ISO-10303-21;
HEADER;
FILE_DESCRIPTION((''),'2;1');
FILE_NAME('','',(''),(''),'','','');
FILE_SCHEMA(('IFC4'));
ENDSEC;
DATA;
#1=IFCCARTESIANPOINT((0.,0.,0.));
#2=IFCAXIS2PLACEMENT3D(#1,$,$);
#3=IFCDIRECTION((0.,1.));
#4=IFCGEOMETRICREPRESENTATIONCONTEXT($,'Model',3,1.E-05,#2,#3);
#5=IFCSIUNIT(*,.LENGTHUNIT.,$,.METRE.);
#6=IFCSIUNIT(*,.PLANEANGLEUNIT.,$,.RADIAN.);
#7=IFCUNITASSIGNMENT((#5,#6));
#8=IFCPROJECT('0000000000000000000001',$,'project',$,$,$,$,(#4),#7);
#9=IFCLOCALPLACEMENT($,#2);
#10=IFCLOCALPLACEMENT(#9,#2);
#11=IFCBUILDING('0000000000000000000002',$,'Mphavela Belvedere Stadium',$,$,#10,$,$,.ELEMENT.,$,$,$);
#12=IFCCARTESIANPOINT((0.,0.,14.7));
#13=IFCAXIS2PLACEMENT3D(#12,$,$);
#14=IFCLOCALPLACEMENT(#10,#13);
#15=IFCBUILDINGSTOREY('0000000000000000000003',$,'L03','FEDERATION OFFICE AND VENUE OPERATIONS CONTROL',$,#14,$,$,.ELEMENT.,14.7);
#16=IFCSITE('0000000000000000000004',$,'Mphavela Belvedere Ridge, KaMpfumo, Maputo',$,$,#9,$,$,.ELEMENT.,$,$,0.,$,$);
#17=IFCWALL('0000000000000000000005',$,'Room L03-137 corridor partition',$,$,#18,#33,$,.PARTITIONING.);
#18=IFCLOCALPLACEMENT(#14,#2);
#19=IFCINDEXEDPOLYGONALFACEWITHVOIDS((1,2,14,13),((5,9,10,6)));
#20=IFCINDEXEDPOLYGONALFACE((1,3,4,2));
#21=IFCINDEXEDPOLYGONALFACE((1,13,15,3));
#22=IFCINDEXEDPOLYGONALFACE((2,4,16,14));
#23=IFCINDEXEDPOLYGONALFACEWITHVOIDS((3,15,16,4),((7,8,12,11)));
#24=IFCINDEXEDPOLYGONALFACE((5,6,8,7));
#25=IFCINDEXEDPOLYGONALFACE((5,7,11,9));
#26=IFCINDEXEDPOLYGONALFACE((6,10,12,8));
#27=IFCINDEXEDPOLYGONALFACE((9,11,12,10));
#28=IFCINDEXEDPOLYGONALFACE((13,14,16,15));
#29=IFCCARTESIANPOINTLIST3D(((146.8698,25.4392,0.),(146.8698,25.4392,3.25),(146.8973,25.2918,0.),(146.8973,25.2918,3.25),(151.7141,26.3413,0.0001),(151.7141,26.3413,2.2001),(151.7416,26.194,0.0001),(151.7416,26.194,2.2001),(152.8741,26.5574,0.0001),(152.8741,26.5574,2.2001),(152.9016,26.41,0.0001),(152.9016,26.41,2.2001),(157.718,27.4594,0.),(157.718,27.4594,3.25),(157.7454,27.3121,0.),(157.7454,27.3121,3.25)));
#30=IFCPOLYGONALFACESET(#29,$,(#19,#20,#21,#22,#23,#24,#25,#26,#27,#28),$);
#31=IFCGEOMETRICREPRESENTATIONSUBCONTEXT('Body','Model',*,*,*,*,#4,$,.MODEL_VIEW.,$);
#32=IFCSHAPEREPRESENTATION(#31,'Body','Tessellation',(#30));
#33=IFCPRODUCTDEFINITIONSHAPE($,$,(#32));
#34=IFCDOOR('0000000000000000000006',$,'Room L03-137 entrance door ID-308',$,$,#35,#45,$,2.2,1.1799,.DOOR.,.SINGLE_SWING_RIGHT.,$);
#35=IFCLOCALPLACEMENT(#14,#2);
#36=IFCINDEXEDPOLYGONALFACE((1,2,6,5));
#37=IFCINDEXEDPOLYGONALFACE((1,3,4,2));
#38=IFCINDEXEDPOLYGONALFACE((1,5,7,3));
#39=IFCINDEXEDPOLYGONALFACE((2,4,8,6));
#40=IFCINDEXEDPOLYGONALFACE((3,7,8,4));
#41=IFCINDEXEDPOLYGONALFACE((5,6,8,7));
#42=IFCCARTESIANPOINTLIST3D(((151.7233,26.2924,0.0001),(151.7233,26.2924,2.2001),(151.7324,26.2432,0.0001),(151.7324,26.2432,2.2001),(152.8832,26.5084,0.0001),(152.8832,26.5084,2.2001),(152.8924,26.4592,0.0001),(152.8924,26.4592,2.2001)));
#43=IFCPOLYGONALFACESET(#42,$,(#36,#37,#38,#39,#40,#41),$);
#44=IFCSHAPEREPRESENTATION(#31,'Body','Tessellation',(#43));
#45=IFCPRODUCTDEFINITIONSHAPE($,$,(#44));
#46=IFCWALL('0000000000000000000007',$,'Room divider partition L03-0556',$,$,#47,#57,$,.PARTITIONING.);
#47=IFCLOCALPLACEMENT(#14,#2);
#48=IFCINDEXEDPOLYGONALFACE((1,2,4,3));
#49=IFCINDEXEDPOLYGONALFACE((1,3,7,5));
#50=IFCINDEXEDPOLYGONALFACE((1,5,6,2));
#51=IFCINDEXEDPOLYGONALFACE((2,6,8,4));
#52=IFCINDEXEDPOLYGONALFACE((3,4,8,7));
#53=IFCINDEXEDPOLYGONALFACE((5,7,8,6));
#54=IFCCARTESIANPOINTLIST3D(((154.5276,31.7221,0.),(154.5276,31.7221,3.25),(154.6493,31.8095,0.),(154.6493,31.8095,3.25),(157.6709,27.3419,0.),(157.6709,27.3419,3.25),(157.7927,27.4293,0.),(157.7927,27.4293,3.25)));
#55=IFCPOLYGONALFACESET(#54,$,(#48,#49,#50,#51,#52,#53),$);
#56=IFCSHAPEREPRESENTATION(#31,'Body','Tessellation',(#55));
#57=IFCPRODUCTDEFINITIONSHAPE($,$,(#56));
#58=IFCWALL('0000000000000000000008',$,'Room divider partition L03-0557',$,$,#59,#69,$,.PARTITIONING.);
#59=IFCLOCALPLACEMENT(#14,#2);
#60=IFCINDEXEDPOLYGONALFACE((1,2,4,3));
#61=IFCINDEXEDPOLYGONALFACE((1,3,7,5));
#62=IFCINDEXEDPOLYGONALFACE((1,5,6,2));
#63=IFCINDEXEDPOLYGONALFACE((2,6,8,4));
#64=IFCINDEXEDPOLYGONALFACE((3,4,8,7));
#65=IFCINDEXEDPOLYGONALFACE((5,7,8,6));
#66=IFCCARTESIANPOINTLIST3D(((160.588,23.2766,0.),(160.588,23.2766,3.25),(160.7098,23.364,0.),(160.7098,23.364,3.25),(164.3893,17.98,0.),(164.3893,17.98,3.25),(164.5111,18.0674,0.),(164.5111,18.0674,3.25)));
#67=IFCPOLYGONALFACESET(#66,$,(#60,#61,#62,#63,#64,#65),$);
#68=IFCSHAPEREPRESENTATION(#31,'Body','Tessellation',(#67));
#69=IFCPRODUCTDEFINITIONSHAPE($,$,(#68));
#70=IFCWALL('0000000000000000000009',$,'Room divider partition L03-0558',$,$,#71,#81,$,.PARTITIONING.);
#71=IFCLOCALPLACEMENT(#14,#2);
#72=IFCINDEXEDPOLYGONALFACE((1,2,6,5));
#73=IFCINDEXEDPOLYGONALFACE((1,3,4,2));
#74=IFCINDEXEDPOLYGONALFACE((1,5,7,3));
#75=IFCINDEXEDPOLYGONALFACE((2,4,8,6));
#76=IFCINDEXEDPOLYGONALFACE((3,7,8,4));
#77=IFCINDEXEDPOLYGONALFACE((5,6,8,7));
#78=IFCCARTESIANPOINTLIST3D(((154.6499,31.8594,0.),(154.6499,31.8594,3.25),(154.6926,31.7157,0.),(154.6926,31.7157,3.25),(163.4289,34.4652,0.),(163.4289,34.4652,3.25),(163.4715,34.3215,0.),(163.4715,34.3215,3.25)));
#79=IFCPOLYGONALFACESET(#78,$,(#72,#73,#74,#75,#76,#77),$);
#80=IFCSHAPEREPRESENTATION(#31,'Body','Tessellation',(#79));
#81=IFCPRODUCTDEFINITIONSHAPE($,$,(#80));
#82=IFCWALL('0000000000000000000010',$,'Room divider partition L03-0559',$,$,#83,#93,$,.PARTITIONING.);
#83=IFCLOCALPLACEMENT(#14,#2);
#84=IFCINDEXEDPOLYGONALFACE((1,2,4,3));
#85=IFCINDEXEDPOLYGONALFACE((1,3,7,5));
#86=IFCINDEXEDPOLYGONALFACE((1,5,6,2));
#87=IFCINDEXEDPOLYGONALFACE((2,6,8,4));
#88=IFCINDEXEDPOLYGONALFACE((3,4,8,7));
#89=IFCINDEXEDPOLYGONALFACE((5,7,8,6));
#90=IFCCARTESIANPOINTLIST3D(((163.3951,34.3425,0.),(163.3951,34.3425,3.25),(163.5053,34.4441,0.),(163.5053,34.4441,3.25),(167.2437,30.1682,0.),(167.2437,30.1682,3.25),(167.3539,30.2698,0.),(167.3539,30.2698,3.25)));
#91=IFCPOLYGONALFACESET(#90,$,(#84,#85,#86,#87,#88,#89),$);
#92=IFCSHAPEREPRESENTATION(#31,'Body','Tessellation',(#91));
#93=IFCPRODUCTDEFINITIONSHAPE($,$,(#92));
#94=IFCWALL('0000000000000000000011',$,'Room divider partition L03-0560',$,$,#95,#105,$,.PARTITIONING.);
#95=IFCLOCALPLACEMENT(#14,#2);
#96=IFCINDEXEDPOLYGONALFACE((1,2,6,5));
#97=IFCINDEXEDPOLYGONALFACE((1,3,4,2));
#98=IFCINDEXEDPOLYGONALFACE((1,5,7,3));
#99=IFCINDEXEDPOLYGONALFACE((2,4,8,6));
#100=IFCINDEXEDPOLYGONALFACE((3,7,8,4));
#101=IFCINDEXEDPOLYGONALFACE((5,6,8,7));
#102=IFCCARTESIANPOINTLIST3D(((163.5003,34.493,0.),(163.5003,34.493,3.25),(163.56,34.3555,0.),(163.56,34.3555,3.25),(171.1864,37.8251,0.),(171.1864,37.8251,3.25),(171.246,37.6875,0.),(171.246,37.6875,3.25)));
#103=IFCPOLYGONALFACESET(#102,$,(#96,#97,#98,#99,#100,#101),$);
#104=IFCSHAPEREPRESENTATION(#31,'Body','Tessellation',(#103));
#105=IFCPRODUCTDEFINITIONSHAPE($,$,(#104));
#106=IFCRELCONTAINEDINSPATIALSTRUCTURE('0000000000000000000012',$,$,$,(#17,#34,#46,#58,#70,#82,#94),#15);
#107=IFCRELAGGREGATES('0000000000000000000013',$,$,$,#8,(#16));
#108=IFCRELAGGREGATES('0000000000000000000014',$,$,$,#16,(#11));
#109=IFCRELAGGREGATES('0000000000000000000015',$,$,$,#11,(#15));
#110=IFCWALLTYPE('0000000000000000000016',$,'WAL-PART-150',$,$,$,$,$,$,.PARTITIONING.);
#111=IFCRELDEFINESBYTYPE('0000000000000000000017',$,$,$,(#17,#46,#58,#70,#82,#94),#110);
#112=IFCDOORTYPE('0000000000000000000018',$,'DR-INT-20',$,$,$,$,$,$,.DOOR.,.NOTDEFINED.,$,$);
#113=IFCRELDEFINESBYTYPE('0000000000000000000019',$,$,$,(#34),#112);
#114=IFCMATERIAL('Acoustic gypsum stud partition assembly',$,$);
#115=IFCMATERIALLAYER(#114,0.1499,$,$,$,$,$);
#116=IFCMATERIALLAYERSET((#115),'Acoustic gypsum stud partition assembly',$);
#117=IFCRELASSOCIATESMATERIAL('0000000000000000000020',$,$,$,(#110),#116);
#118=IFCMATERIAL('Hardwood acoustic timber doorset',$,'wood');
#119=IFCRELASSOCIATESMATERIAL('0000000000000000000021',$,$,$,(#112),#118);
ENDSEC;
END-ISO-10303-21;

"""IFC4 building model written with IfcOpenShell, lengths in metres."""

from ifc_helpers import new_model, si_unit, direction, frame, frame_2d, origin, place, context, subcontext, project, spatial, rectangle, extrude, material, layer, layer_set, type_object, element, fill, save


model = new_model("IFC4")

# Units and contexts
model_context = context("Model", 3, precision=1e-05, world=origin(), true_north=direction((0.0, 1.0)))
body_context = subcontext(model_context, "Body", "Model", "MODEL_VIEW")
ifc_project = project(units=[si_unit("LENGTHUNIT", "METRE"), si_unit("PLANEANGLEUNIT", "RADIAN")], contexts=[model_context])

# Site, building, storey
site_placement = place(None, origin())
site = spatial("IfcSite", under=ifc_project, at=site_placement, Name="Mphavela Belvedere Ridge, KaMpfumo, Maputo", CompositionType="ELEMENT", RefElevation=0.0)
building_placement = place(site_placement, origin())
building = spatial("IfcBuilding", under=site, at=building_placement, Name="Mphavela Belvedere Stadium", CompositionType="ELEMENT")
storey_placement = place(building_placement, frame((0.0, 0.0, 14.7)))
storey = spatial("IfcBuildingStorey", under=building, at=storey_placement, Name="L03", Description="FEDERATION OFFICE AND VENUE OPERATIONS CONTROL", CompositionType="ELEMENT", Elevation=14.7)

# Wall, opening, door
ifc_material_1 = material(Name="Acoustic gypsum stud partition assembly")
ifc_layer_1 = layer(ifc_material_1, 0.1499)
ifc_layer_set_1 = layer_set([ifc_layer_1], Name="Acoustic gypsum stud partition assembly")
wall_type_1 = type_object("IfcWallType", Name="WAL-PART-150", PredefinedType="PARTITIONING", material=ifc_layer_set_1)
wall_1_placement = place(storey_placement, frame((157.7317, 27.3857, 0.0), z_axis=(0.0, 0.0, 1.0), x_axis=(-0.983097, -0.183083, 0.0)))
wall_1 = element("IfcWall", 1, at=wall_1_placement, inside=storey, type_object=wall_type_1, Name="Room L03-137 corridor partition", PredefinedType="PARTITIONING", context=body_context, shape_type="SweptSolid", body=[
    extrude(rectangle(XDim=11.0347, YDim=0.1499, at=frame_2d((5.5173, 0.0))), origin(), (0.0, 0.0, 1.0), 3.25),
])
opening_placement = place(wall_1_placement, frame((4.9272, 0.0, 0.0)))
opening = element("IfcOpeningElement", 2, at=opening_placement, cuts=wall_1, PredefinedType="OPENING", context=body_context, shape_type="SweptSolid", body=[
    extrude(rectangle(XDim=1.1799, YDim=2.2, at=frame_2d((0.5898, 1.1001))), frame((0.0, 0.085, 0.0), z_axis=(0.0, -1.0, 0.0), x_axis=(1.0, 0.0, 0.0)), (0.0, 0.0, 1.0), 0.1699),
])
ifc_material_2 = material(Name="Hardwood acoustic timber doorset", Category="wood")
door_type = type_object("IfcDoorType", Name="DR-INT-20", OperationType="NOTDEFINED", PredefinedType="DOOR", material=ifc_material_2)
door_placement = place(opening_placement, origin())
door = element("IfcDoor", 3, at=door_placement, inside=storey, type_object=door_type, Name="Room L03-137 entrance door ID-308", OperationType="SINGLE_SWING_RIGHT", OverallHeight=2.2, OverallWidth=1.1799, PredefinedType="DOOR", context=body_context, shape_type="SweptSolid", body=[
    extrude(rectangle(XDim=1.1799, YDim=2.2, at=frame_2d((0.5898, 1.1001))), frame((0.0, 0.0249, 0.0), z_axis=(0.0, -1.0, 0.0), x_axis=(1.0, 0.0, 0.0)), (0.0, 0.0, 1.0), 0.05),
])
fill(opening, door)

# Walls
wall_2_placement = place(storey_placement, frame((154.5884, 31.7659, 0.0), z_axis=(0.0, 0.0, 1.0), x_axis=(0.583036, -0.812446, 0.0)))
element("IfcWall", 4, at=wall_2_placement, inside=storey, type_object=wall_type_1, Name="Room divider partition L03-0556", PredefinedType="PARTITIONING", context=body_context, shape_type="SweptSolid", body=[
    extrude(rectangle(XDim=5.3914, YDim=0.1499, at=frame_2d((2.6958, 0.0))), origin(), (0.0, 0.0, 1.0), 3.25),
])
wall_3_placement = place(storey_placement, frame((160.6489, 23.3203, 0.0), z_axis=(0.0, 0.0, 1.0), x_axis=(0.583061, -0.812428, 0.0)))
element("IfcWall", 5, at=wall_3_placement, inside=storey, type_object=wall_type_1, Name="Room divider partition L03-0557", PredefinedType="PARTITIONING", context=body_context, shape_type="SweptSolid", body=[
    extrude(rectangle(XDim=6.5195, YDim=0.1499, at=frame_2d((3.2598, 0.0))), origin(), (0.0, 0.0, 1.0), 3.25),
])
wall_4_placement = place(storey_placement, frame((154.6714, 31.7876, 0.0), z_axis=(0.0, 0.0, 1.0), x_axis=(0.958662, 0.284549, 0.0)))
element("IfcWall", 6, at=wall_4_placement, inside=storey, type_object=wall_type_1, Name="Room divider partition L03-0558", PredefinedType="PARTITIONING", context=body_context, shape_type="SweptSolid", body=[
    extrude(rectangle(XDim=9.1575, YDim=0.1499, at=frame_2d((4.5786, 0.0))), origin(), (0.0, 0.0, 1.0), 3.25),
])
wall_5_placement = place(storey_placement, frame((163.4502, 34.3933, 0.0), z_axis=(0.0, 0.0, 1.0), x_axis=(0.677844, -0.735206, 0.0)))
element("IfcWall", 7, at=wall_5_placement, inside=storey, type_object=wall_type_1, Name="Room divider partition L03-0559", PredefinedType="PARTITIONING", context=body_context, shape_type="SweptSolid", body=[
    extrude(rectangle(XDim=5.6777, YDim=0.1499, at=frame_2d((2.8389, 0.0))), origin(), (0.0, 0.0, 1.0), 3.25),
])
wall_6_placement = place(storey_placement, frame((163.5303, 34.4243, 0.0), z_axis=(0.0, 0.0, 1.0), x_axis=(0.917494, 0.39775, 0.0)))
element("IfcWall", 8, at=wall_6_placement, inside=storey, type_object=wall_type_1, Name="Room divider partition L03-0560", PredefinedType="PARTITIONING", context=body_context, shape_type="SweptSolid", body=[
    extrude(rectangle(XDim=8.3772, YDim=0.1499, at=frame_2d((4.1885, 0.0))), origin(), (0.0, 0.0, 1.0), 3.25),
])

save(model, "model.ifc")
